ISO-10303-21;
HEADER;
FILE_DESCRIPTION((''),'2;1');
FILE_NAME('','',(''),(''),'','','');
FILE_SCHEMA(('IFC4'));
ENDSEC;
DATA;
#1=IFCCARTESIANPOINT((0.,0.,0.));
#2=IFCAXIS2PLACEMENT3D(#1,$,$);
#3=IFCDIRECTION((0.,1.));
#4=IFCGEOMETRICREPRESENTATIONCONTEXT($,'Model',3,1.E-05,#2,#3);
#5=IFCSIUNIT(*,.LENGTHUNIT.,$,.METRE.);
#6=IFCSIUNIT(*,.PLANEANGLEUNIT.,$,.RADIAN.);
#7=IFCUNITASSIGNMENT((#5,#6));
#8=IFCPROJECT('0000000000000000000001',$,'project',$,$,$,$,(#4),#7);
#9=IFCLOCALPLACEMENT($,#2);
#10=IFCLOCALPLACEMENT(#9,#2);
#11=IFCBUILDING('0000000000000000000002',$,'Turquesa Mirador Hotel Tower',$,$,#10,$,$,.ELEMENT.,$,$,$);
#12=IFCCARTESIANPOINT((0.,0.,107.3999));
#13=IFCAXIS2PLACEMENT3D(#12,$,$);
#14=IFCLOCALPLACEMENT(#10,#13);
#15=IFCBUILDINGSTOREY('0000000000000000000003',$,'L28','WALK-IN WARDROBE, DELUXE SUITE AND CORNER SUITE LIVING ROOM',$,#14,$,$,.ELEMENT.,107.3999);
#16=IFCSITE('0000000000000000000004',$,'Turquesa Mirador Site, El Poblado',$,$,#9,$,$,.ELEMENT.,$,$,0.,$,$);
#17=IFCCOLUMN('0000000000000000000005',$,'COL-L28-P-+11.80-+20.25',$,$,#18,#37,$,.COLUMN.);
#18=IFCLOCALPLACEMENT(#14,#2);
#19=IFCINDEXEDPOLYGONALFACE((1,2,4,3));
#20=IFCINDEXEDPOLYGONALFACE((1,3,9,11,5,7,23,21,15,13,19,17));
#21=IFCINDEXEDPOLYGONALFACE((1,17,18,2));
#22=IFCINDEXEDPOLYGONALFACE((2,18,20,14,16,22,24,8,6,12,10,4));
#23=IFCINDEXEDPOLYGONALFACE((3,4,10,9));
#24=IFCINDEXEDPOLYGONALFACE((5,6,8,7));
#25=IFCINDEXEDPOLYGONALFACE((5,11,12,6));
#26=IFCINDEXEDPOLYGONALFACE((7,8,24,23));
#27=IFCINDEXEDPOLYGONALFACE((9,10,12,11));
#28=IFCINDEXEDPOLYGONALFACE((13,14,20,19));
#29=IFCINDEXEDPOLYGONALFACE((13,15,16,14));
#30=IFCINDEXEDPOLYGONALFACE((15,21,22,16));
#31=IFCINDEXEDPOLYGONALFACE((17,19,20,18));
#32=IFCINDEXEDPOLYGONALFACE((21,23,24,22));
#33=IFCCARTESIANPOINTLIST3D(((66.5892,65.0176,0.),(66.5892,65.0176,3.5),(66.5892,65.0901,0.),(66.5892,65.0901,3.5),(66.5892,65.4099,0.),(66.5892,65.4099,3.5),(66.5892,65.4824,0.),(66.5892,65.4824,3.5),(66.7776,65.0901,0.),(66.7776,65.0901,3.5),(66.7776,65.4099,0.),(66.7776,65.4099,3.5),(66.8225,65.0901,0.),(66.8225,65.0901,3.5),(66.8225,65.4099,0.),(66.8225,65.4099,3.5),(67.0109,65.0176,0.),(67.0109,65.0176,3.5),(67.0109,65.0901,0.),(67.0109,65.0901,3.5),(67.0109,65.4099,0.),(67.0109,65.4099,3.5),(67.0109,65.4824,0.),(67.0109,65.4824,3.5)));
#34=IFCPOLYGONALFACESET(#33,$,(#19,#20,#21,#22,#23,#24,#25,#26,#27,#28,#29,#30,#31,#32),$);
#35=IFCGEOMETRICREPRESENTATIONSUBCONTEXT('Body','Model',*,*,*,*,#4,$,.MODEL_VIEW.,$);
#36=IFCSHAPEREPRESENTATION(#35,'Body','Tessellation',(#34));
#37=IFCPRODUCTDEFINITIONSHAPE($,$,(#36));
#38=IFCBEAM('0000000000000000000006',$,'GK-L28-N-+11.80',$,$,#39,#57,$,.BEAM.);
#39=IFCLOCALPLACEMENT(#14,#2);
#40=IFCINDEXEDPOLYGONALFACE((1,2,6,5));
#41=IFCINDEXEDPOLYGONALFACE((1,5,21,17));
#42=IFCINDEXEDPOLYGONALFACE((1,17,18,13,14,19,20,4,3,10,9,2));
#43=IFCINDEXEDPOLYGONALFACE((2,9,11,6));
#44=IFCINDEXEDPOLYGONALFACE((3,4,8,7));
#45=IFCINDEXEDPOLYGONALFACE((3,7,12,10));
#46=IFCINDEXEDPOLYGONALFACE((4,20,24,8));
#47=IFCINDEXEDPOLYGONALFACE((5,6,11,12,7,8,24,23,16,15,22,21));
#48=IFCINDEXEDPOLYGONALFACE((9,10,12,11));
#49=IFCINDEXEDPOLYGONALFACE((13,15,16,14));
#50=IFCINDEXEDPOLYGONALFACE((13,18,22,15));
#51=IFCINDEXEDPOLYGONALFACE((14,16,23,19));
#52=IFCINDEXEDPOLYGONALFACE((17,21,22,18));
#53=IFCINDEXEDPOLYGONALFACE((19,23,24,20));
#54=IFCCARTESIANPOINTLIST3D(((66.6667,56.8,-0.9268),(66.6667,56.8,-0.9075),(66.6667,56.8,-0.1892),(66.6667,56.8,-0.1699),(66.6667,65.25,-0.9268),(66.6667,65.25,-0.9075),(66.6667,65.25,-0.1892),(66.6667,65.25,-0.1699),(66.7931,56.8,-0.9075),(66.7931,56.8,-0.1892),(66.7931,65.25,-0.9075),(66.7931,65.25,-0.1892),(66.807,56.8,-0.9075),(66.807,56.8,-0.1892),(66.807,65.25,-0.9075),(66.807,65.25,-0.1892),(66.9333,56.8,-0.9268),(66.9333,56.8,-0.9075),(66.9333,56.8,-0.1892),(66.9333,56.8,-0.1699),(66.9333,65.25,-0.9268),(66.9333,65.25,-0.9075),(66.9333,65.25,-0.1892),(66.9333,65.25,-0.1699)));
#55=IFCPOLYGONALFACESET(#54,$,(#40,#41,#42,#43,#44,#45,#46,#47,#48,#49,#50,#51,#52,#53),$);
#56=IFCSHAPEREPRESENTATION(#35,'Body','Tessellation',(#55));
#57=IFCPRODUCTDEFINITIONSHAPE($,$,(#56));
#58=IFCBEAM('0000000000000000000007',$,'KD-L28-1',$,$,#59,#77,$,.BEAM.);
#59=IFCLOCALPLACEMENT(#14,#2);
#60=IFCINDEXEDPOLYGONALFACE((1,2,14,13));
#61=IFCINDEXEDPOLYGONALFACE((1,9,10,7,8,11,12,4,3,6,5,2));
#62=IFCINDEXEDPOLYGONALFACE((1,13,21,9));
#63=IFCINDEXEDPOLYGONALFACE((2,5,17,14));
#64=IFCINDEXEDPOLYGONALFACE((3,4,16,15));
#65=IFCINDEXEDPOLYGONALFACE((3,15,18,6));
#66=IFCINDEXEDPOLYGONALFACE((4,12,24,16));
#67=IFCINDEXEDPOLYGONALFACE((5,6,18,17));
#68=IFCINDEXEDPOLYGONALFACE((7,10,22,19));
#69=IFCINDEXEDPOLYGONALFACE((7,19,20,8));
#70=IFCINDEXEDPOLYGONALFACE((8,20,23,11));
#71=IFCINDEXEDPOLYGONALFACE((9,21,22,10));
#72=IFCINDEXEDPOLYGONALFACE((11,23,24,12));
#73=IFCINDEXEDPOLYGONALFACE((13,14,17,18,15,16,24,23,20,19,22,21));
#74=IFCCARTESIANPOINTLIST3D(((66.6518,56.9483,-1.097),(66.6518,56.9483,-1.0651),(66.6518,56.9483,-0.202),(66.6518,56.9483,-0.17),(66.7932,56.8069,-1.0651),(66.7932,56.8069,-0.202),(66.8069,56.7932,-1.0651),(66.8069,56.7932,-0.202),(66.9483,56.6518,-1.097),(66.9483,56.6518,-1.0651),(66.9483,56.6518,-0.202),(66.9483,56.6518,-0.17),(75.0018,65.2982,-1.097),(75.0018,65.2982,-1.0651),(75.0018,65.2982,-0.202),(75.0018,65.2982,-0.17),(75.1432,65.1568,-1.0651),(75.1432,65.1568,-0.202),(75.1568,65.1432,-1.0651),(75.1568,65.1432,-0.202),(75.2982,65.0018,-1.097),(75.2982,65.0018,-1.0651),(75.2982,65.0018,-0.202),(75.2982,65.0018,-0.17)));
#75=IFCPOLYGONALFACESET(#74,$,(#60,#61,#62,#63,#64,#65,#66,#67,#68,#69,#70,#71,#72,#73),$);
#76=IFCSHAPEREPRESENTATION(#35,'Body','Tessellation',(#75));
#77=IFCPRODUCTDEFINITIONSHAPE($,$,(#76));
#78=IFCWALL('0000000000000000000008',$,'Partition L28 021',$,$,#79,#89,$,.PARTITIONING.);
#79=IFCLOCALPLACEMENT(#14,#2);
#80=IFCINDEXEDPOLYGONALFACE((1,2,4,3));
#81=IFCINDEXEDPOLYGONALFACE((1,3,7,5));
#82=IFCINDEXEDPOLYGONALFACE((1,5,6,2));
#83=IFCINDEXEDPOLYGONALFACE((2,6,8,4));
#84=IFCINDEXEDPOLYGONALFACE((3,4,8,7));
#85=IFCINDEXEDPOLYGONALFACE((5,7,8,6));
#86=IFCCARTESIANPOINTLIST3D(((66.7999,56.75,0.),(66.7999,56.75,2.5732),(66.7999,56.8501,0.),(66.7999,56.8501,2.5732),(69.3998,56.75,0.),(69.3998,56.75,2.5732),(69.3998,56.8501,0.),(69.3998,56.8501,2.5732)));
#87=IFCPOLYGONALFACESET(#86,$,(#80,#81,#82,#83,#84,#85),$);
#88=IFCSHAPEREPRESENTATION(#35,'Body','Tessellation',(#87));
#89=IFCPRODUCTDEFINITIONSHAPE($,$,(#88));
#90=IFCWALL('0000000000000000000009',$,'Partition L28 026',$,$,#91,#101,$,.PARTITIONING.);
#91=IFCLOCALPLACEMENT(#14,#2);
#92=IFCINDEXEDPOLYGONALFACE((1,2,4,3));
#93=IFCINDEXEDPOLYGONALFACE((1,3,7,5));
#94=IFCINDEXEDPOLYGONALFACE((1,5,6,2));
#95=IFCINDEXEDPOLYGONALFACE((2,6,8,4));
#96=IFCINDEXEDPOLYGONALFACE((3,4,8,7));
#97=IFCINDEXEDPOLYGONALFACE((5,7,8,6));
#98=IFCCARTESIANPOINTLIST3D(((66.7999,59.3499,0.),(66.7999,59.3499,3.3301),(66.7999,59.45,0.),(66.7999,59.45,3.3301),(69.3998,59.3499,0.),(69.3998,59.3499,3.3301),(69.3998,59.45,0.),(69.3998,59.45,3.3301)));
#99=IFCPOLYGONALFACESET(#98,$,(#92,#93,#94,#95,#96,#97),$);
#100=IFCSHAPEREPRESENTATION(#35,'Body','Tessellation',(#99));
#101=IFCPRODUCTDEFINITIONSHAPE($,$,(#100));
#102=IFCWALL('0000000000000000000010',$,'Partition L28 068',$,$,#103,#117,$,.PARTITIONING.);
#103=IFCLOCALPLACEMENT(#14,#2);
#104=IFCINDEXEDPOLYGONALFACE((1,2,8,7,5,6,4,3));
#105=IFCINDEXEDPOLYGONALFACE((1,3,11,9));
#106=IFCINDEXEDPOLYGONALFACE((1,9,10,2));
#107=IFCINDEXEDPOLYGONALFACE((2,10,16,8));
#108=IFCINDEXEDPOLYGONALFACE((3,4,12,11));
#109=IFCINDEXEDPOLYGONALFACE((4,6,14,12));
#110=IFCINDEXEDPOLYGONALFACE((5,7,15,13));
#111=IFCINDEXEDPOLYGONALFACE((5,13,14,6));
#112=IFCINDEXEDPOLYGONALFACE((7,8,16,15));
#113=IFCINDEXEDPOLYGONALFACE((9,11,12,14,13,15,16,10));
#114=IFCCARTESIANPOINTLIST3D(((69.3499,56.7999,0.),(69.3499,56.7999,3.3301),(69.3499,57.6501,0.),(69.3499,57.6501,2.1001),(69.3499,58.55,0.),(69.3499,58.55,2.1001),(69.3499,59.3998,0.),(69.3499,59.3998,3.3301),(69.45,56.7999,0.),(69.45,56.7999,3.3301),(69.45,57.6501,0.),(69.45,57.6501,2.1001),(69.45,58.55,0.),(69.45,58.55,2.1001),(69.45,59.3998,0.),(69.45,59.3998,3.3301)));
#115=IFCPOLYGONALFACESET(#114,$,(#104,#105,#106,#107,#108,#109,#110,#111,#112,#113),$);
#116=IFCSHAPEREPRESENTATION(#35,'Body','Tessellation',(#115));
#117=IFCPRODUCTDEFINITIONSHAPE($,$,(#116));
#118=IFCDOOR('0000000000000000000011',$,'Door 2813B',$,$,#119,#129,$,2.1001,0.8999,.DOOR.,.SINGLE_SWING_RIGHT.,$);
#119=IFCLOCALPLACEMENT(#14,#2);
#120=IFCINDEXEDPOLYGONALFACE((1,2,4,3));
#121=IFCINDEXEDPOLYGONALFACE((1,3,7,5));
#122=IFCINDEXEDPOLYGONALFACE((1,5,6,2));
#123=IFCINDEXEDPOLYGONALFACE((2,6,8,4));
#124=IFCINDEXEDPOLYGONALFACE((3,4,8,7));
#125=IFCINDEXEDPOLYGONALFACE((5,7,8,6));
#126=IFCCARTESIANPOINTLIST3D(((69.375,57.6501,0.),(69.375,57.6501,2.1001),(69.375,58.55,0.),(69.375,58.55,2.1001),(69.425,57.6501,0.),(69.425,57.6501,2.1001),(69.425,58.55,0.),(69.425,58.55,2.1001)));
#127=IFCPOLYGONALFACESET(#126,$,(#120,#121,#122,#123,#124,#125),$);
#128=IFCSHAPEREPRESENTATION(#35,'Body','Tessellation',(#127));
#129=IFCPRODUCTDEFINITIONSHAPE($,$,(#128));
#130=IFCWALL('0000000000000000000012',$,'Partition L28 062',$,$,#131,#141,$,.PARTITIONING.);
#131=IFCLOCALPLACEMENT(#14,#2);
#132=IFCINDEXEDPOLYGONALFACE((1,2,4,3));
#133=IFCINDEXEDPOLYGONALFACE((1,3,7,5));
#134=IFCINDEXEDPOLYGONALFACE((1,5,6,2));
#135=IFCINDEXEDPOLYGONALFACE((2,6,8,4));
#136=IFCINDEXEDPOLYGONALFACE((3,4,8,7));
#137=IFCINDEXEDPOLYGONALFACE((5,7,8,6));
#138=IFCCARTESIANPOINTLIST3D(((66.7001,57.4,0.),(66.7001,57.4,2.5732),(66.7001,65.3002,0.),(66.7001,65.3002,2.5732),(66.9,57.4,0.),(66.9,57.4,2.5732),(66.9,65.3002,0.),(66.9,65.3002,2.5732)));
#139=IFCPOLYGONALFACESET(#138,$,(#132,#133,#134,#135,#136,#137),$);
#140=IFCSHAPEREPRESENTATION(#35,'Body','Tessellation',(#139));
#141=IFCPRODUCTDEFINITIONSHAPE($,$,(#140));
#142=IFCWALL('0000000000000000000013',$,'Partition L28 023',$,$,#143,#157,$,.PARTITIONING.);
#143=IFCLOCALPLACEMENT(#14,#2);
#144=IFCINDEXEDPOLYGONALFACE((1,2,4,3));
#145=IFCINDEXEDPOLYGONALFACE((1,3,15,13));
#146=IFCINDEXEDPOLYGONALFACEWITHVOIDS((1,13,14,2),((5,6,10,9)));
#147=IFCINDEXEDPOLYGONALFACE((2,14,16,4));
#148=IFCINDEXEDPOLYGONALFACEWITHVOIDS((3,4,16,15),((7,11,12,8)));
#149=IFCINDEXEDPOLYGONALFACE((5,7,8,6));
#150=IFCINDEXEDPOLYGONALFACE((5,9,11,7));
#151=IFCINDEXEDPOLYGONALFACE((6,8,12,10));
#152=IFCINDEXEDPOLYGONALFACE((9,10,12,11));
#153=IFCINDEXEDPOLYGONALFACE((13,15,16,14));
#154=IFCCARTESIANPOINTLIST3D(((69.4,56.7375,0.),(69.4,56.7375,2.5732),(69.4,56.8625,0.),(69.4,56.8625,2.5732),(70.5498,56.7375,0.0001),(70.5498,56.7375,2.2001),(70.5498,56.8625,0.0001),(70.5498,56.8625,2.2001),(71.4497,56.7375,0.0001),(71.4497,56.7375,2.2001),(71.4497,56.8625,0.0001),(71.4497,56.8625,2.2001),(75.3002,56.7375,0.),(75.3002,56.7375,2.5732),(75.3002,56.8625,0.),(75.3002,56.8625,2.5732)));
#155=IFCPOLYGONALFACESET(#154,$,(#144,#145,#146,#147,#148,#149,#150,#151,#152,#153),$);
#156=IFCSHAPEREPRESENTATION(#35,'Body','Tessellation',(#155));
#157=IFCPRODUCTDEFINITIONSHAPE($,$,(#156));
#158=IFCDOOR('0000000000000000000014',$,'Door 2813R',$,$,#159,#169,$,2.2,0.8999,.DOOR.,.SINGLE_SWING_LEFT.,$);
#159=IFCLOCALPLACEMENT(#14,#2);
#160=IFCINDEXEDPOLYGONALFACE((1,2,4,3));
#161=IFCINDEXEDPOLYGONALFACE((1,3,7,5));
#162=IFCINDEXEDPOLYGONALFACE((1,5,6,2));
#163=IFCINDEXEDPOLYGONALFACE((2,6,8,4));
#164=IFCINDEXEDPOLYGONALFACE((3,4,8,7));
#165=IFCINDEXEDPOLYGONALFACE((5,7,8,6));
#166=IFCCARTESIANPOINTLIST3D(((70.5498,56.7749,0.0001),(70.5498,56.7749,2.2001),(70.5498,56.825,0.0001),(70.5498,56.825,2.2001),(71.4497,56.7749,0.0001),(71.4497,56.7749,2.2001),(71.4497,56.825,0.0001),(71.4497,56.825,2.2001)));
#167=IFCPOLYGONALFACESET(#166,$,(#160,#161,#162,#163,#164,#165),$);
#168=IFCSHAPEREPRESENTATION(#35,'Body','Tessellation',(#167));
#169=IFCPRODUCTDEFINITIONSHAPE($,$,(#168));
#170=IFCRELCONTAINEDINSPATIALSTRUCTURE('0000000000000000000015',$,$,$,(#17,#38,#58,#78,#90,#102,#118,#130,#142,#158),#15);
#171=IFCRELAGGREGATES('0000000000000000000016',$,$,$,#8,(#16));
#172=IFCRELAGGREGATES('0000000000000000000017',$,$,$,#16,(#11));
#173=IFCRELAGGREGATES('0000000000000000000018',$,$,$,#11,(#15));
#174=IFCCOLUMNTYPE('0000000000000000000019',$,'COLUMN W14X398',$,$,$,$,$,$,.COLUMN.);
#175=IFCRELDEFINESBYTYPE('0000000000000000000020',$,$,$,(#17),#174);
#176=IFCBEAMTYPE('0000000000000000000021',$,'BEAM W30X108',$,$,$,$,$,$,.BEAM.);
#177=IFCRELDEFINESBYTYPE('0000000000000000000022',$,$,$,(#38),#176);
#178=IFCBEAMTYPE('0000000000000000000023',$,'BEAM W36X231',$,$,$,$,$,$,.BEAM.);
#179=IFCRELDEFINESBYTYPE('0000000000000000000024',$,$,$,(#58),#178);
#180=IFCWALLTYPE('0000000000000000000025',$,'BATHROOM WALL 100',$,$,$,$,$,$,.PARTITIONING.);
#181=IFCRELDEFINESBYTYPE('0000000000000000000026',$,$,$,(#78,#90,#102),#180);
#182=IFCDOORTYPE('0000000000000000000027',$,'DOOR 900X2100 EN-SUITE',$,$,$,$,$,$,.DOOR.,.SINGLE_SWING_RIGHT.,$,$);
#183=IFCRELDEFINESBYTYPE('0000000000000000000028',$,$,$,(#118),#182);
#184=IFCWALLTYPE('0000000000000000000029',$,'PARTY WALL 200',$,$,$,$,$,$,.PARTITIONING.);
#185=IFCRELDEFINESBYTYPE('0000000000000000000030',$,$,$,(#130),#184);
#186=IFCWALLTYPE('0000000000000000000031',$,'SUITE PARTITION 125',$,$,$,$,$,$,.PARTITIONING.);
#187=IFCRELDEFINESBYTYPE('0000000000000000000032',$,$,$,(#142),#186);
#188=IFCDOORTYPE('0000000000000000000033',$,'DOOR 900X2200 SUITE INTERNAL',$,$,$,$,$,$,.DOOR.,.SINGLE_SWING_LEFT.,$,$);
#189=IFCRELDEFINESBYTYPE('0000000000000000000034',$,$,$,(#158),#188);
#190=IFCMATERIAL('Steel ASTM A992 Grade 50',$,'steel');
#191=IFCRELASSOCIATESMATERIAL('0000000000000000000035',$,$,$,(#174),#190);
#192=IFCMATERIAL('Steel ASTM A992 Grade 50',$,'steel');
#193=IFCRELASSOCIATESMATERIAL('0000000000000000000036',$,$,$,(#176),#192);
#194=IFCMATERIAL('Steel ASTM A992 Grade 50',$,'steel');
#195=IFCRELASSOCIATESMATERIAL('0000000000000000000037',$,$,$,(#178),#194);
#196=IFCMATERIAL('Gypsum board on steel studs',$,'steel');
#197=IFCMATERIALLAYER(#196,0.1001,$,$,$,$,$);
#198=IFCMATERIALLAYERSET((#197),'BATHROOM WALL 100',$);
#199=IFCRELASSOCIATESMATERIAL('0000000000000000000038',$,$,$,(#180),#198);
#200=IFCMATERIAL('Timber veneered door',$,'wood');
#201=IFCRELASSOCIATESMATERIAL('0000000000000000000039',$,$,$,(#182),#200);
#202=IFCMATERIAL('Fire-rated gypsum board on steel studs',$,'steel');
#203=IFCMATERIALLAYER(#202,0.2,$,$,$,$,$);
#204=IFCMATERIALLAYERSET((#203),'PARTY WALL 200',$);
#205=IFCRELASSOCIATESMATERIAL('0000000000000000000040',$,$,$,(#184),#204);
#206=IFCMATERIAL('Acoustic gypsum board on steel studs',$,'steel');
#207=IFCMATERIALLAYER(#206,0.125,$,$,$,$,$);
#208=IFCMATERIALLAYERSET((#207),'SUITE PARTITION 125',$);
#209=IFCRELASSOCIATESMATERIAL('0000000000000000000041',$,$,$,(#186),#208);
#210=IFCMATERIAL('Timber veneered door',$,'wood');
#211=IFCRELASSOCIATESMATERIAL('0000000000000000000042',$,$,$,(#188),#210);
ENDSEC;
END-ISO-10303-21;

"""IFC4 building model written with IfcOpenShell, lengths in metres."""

from ifc_helpers import new_model, si_unit, direction, frame, frame_2d, origin, origin_2d, place, context, subcontext, project, spatial, rectangle, i_section, extrude, material, layer, layer_set, material_profile, profile_set, type_object, element, fill, save


model = new_model("IFC4")

# Units and contexts
model_context = context("Model", 3, precision=1e-05, world=origin(), true_north=direction((0.0, 1.0)))
body_context = subcontext(model_context, "Body", "Model", "MODEL_VIEW")
ifc_project = project(units=[si_unit("LENGTHUNIT", "METRE"), si_unit("PLANEANGLEUNIT", "RADIAN")], contexts=[model_context])

# Site, building, storey
site_placement = place(None, origin())
site = spatial("IfcSite", under=ifc_project, at=site_placement, Name="Turquesa Mirador Site, El Poblado", CompositionType="ELEMENT", RefElevation=0.0)
building_placement = place(site_placement, origin())
building = spatial("IfcBuilding", under=site, at=building_placement, Name="Turquesa Mirador Hotel Tower", CompositionType="ELEMENT")
storey_placement = place(building_placement, frame((0.0, 0.0, 107.3999)))
storey = spatial("IfcBuildingStorey", under=building, at=storey_placement, Name="L28", Description="WALK-IN WARDROBE, DELUXE SUITE AND CORNER SUITE LIVING ROOM", CompositionType="ELEMENT", Elevation=107.3999)

# Column
ifc_material_1 = material(Name="Steel ASTM A992 Grade 50", Category="steel")
ifc_material_profile_1 = material_profile(ifc_material_1, i_section(OverallWidth=0.4216, OverallDepth=0.4648, WebThickness=0.0449, FlangeThickness=0.0725, at=origin_2d()), Name="W14X398")
ifc_profile_set_1 = profile_set([ifc_material_profile_1], Name="Steel ASTM A992 Grade 50")
column_type = type_object("IfcColumnType", Name="COLUMN W14X398", PredefinedType="COLUMN", material=ifc_profile_set_1)
column_placement = place(storey_placement, frame((66.8, 65.25, 0.0), z_axis=(0.0, 0.0, 1.0), x_axis=(1.0, 0.0, 0.0)))
element("IfcColumn", 1, at=column_placement, inside=storey, type_object=column_type, Name="COL-L28-P-+11.80-+20.25", PredefinedType="COLUMN", context=body_context, shape_type="SweptSolid", body=[
    extrude(i_section(OverallWidth=0.4216, OverallDepth=0.4648, WebThickness=0.0449, FlangeThickness=0.0725, at=origin_2d()), origin(), (0.0, 0.0, 1.0), 3.5),
])

# Beams
ifc_material_2 = material(Name="Steel ASTM A992 Grade 50", Category="steel")
ifc_material_profile_2 = material_profile(ifc_material_2, i_section(OverallWidth=0.2666, OverallDepth=0.7568, WebThickness=0.0139, FlangeThickness=0.0193, at=origin_2d()), Name="W30X108")
ifc_profile_set_2 = profile_set([ifc_material_profile_2], Name="Steel ASTM A992 Grade 50")
beam_type_1 = type_object("IfcBeamType", Name="BEAM W30X108", PredefinedType="BEAM", material=ifc_profile_set_2)
beam_1_placement = place(storey_placement, frame((66.8, 65.25, -0.5483), z_axis=(0.0, -1.0, 0.0), x_axis=(1.0, 0.0, 0.0)))
element("IfcBeam", 2, at=beam_1_placement, inside=storey, type_object=beam_type_1, Name="GK-L28-N-+11.80", PredefinedType="BEAM", context=body_context, shape_type="SweptSolid", body=[
    extrude(i_section(OverallWidth=0.2666, OverallDepth=0.7568, WebThickness=0.0139, FlangeThickness=0.0193, at=origin_2d()), origin(), (0.0, 0.0, 1.0), 8.45),
])
ifc_material_3 = material(Name="Steel ASTM A992 Grade 50", Category="steel")
ifc_material_profile_3 = material_profile(ifc_material_3, i_section(OverallWidth=0.4192, OverallDepth=0.927, WebThickness=0.0193, FlangeThickness=0.032, at=origin_2d()), Name="W36X231")
ifc_profile_set_3 = profile_set([ifc_material_profile_3], Name="Steel ASTM A992 Grade 50")
beam_type_2 = type_object("IfcBeamType", Name="BEAM W36X231", PredefinedType="BEAM", material=ifc_profile_set_3)
beam_2_placement = place(storey_placement, frame((66.8, 56.8, -0.6335), z_axis=(0.707107, 0.707107, 0.0), x_axis=(-0.707107, 0.707107, 0.0)))
element("IfcBeam", 3, at=beam_2_placement, inside=storey, type_object=beam_type_2, Name="KD-L28-1", PredefinedType="BEAM", context=body_context, shape_type="SweptSolid", body=[
    extrude(i_section(OverallWidth=0.4192, OverallDepth=0.927, WebThickness=0.0193, FlangeThickness=0.032, at=origin_2d()), origin(), (0.0, 0.0, 1.0), 11.8086),
])

# Walls
ifc_material_4 = material(Name="Gypsum board on steel studs", Category="steel")
ifc_layer_1 = layer(ifc_material_4, 0.1001)
ifc_layer_set_1 = layer_set([ifc_layer_1], Name="BATHROOM WALL 100")
wall_type_1 = type_object("IfcWallType", Name="BATHROOM WALL 100", PredefinedType="PARTITIONING", material=ifc_layer_set_1)
wall_1_placement = place(storey_placement, frame((66.8, 56.8, 0.0), z_axis=(0.0, 0.0, 1.0), x_axis=(1.0, 0.0, 0.0)))
element("IfcWall", 4, at=wall_1_placement, inside=storey, type_object=wall_type_1, Name="Partition L28 021", PredefinedType="PARTITIONING", context=body_context, shape_type="SweptSolid", body=[
    extrude(rectangle(XDim=2.5999, YDim=0.1001, at=frame_2d((1.2998, 0.0))), origin(), (0.0, 0.0, 1.0), 2.5732),
])
wall_2_placement = place(storey_placement, frame((66.8, 59.3999, 0.0), z_axis=(0.0, 0.0, 1.0), x_axis=(1.0, 0.0, 0.0)))
element("IfcWall", 5, at=wall_2_placement, inside=storey, type_object=wall_type_1, Name="Partition L28 026", PredefinedType="PARTITIONING", context=body_context, shape_type="SweptSolid", body=[
    extrude(rectangle(XDim=2.5999, YDim=0.1001, at=frame_2d((1.2998, 0.0))), origin(), (0.0, 0.0, 1.0), 3.3301),
])

# Wall, opening, door
wall_3_placement = place(storey_placement, frame((69.3999, 56.8, 0.0), z_axis=(0.0, 0.0, 1.0), x_axis=(0.0, 1.0, 0.0)))
wall_3 = element("IfcWall", 6, at=wall_3_placement, inside=storey, type_object=wall_type_1, Name="Partition L28 068", PredefinedType="PARTITIONING", context=body_context, shape_type="SweptSolid", body=[
    extrude(rectangle(XDim=2.5999, YDim=0.1001, at=frame_2d((1.2998, 0.0))), origin(), (0.0, 0.0, 1.0), 3.3301),
])
opening_1_placement = place(wall_3_placement, frame((0.8501, 0.0, 0.0)))
opening_1 = element("IfcOpeningElement", 7, at=opening_1_placement, cuts=wall_3, PredefinedType="OPENING", context=body_context, shape_type="SweptSolid", body=[
    extrude(rectangle(XDim=0.8999, YDim=2.1001, at=frame_2d((0.45, 1.05))), frame((0.0, 0.0601, 0.0), z_axis=(0.0, -1.0, 0.0), x_axis=(1.0, 0.0, 0.0)), (0.0, 0.0, 1.0), 0.1201),
])
ifc_material_5 = material(Name="Timber veneered door", Category="wood")
door_type_1 = type_object("IfcDoorType", Name="DOOR 900X2100 EN-SUITE", OperationType="SINGLE_SWING_RIGHT", PredefinedType="DOOR", material=ifc_material_5)
door_1_placement = place(opening_1_placement, origin())
door_1 = element("IfcDoor", 8, at=door_1_placement, inside=storey, type_object=door_type_1, Name="Door 2813B", OperationType="SINGLE_SWING_RIGHT", OverallHeight=2.1001, OverallWidth=0.8999, PredefinedType="DOOR", context=body_context, shape_type="SweptSolid", body=[
    extrude(rectangle(XDim=0.8999, YDim=2.1001, at=frame_2d((0.45, 1.05))), frame((0.0, 0.0249, 0.0), z_axis=(0.0, -1.0, 0.0), x_axis=(1.0, 0.0, 0.0)), (0.0, 0.0, 1.0), 0.05),
])
fill(opening_1, door_1)

# Wall
ifc_material_6 = material(Name="Fire-rated gypsum board on steel studs", Category="steel")
ifc_layer_2 = layer(ifc_material_6, 0.2)
ifc_layer_set_2 = layer_set([ifc_layer_2], Name="PARTY WALL 200")
wall_type_2 = type_object("IfcWallType", Name="PARTY WALL 200", PredefinedType="PARTITIONING", material=ifc_layer_set_2)
wall_4_placement = place(storey_placement, frame((66.8, 57.3999, 0.0), z_axis=(0.0, 0.0, 1.0), x_axis=(0.0, 1.0, 0.0)))
element("IfcWall", 9, at=wall_4_placement, inside=storey, type_object=wall_type_2, Name="Partition L28 062", PredefinedType="PARTITIONING", context=body_context, shape_type="SweptSolid", body=[
    extrude(rectangle(XDim=7.9001, YDim=0.2, at=frame_2d((3.9502, 0.0))), origin(), (0.0, 0.0, 1.0), 2.5732),
])

# Wall, opening, door
ifc_material_7 = material(Name="Acoustic gypsum board on steel studs", Category="steel")
ifc_layer_3 = layer(ifc_material_7, 0.125)
ifc_layer_set_3 = layer_set([ifc_layer_3], Name="SUITE PARTITION 125")
wall_type_3 = type_object("IfcWallType", Name="SUITE PARTITION 125", PredefinedType="PARTITIONING", material=ifc_layer_set_3)
wall_5_placement = place(storey_placement, frame((69.3999, 56.8, 0.0), z_axis=(0.0, 0.0, 1.0), x_axis=(1.0, 0.0, 0.0)))
wall_5 = element("IfcWall", 10, at=wall_5_placement, inside=storey, type_object=wall_type_3, Name="Partition L28 023", PredefinedType="PARTITIONING", context=body_context, shape_type="SweptSolid", body=[
    extrude(rectangle(XDim=5.9001, YDim=0.125, at=frame_2d((2.9502, 0.0))), origin(), (0.0, 0.0, 1.0), 2.5732),
])
opening_2_placement = place(wall_5_placement, frame((1.1499, 0.0, 0.0)))
opening_2 = element("IfcOpeningElement", 11, at=opening_2_placement, cuts=wall_5, PredefinedType="OPENING", context=body_context, shape_type="SweptSolid", body=[
    extrude(rectangle(XDim=0.8999, YDim=2.2, at=frame_2d((0.45, 1.1001))), frame((0.0, 0.0725, 0.0), z_axis=(0.0, -1.0, 0.0), x_axis=(1.0, 0.0, 0.0)), (0.0, 0.0, 1.0), 0.145),
])
ifc_material_8 = material(Name="Timber veneered door", Category="wood")
door_type_2 = type_object("IfcDoorType", Name="DOOR 900X2200 SUITE INTERNAL", OperationType="SINGLE_SWING_LEFT", PredefinedType="DOOR", material=ifc_material_8)
door_2_placement = place(opening_2_placement, origin())
door_2 = element("IfcDoor", 12, at=door_2_placement, inside=storey, type_object=door_type_2, Name="Door 2813R", OperationType="SINGLE_SWING_LEFT", OverallHeight=2.2, OverallWidth=0.8999, PredefinedType="DOOR", context=body_context, shape_type="SweptSolid", body=[
    extrude(rectangle(XDim=0.8999, YDim=2.2, at=frame_2d((0.45, 1.1001))), frame((0.0, 0.0249, 0.0), z_axis=(0.0, -1.0, 0.0), x_axis=(1.0, 0.0, 0.0)), (0.0, 0.0, 1.0), 0.05),
])
fill(opening_2, door_2)

save(model, "model.ifc")
